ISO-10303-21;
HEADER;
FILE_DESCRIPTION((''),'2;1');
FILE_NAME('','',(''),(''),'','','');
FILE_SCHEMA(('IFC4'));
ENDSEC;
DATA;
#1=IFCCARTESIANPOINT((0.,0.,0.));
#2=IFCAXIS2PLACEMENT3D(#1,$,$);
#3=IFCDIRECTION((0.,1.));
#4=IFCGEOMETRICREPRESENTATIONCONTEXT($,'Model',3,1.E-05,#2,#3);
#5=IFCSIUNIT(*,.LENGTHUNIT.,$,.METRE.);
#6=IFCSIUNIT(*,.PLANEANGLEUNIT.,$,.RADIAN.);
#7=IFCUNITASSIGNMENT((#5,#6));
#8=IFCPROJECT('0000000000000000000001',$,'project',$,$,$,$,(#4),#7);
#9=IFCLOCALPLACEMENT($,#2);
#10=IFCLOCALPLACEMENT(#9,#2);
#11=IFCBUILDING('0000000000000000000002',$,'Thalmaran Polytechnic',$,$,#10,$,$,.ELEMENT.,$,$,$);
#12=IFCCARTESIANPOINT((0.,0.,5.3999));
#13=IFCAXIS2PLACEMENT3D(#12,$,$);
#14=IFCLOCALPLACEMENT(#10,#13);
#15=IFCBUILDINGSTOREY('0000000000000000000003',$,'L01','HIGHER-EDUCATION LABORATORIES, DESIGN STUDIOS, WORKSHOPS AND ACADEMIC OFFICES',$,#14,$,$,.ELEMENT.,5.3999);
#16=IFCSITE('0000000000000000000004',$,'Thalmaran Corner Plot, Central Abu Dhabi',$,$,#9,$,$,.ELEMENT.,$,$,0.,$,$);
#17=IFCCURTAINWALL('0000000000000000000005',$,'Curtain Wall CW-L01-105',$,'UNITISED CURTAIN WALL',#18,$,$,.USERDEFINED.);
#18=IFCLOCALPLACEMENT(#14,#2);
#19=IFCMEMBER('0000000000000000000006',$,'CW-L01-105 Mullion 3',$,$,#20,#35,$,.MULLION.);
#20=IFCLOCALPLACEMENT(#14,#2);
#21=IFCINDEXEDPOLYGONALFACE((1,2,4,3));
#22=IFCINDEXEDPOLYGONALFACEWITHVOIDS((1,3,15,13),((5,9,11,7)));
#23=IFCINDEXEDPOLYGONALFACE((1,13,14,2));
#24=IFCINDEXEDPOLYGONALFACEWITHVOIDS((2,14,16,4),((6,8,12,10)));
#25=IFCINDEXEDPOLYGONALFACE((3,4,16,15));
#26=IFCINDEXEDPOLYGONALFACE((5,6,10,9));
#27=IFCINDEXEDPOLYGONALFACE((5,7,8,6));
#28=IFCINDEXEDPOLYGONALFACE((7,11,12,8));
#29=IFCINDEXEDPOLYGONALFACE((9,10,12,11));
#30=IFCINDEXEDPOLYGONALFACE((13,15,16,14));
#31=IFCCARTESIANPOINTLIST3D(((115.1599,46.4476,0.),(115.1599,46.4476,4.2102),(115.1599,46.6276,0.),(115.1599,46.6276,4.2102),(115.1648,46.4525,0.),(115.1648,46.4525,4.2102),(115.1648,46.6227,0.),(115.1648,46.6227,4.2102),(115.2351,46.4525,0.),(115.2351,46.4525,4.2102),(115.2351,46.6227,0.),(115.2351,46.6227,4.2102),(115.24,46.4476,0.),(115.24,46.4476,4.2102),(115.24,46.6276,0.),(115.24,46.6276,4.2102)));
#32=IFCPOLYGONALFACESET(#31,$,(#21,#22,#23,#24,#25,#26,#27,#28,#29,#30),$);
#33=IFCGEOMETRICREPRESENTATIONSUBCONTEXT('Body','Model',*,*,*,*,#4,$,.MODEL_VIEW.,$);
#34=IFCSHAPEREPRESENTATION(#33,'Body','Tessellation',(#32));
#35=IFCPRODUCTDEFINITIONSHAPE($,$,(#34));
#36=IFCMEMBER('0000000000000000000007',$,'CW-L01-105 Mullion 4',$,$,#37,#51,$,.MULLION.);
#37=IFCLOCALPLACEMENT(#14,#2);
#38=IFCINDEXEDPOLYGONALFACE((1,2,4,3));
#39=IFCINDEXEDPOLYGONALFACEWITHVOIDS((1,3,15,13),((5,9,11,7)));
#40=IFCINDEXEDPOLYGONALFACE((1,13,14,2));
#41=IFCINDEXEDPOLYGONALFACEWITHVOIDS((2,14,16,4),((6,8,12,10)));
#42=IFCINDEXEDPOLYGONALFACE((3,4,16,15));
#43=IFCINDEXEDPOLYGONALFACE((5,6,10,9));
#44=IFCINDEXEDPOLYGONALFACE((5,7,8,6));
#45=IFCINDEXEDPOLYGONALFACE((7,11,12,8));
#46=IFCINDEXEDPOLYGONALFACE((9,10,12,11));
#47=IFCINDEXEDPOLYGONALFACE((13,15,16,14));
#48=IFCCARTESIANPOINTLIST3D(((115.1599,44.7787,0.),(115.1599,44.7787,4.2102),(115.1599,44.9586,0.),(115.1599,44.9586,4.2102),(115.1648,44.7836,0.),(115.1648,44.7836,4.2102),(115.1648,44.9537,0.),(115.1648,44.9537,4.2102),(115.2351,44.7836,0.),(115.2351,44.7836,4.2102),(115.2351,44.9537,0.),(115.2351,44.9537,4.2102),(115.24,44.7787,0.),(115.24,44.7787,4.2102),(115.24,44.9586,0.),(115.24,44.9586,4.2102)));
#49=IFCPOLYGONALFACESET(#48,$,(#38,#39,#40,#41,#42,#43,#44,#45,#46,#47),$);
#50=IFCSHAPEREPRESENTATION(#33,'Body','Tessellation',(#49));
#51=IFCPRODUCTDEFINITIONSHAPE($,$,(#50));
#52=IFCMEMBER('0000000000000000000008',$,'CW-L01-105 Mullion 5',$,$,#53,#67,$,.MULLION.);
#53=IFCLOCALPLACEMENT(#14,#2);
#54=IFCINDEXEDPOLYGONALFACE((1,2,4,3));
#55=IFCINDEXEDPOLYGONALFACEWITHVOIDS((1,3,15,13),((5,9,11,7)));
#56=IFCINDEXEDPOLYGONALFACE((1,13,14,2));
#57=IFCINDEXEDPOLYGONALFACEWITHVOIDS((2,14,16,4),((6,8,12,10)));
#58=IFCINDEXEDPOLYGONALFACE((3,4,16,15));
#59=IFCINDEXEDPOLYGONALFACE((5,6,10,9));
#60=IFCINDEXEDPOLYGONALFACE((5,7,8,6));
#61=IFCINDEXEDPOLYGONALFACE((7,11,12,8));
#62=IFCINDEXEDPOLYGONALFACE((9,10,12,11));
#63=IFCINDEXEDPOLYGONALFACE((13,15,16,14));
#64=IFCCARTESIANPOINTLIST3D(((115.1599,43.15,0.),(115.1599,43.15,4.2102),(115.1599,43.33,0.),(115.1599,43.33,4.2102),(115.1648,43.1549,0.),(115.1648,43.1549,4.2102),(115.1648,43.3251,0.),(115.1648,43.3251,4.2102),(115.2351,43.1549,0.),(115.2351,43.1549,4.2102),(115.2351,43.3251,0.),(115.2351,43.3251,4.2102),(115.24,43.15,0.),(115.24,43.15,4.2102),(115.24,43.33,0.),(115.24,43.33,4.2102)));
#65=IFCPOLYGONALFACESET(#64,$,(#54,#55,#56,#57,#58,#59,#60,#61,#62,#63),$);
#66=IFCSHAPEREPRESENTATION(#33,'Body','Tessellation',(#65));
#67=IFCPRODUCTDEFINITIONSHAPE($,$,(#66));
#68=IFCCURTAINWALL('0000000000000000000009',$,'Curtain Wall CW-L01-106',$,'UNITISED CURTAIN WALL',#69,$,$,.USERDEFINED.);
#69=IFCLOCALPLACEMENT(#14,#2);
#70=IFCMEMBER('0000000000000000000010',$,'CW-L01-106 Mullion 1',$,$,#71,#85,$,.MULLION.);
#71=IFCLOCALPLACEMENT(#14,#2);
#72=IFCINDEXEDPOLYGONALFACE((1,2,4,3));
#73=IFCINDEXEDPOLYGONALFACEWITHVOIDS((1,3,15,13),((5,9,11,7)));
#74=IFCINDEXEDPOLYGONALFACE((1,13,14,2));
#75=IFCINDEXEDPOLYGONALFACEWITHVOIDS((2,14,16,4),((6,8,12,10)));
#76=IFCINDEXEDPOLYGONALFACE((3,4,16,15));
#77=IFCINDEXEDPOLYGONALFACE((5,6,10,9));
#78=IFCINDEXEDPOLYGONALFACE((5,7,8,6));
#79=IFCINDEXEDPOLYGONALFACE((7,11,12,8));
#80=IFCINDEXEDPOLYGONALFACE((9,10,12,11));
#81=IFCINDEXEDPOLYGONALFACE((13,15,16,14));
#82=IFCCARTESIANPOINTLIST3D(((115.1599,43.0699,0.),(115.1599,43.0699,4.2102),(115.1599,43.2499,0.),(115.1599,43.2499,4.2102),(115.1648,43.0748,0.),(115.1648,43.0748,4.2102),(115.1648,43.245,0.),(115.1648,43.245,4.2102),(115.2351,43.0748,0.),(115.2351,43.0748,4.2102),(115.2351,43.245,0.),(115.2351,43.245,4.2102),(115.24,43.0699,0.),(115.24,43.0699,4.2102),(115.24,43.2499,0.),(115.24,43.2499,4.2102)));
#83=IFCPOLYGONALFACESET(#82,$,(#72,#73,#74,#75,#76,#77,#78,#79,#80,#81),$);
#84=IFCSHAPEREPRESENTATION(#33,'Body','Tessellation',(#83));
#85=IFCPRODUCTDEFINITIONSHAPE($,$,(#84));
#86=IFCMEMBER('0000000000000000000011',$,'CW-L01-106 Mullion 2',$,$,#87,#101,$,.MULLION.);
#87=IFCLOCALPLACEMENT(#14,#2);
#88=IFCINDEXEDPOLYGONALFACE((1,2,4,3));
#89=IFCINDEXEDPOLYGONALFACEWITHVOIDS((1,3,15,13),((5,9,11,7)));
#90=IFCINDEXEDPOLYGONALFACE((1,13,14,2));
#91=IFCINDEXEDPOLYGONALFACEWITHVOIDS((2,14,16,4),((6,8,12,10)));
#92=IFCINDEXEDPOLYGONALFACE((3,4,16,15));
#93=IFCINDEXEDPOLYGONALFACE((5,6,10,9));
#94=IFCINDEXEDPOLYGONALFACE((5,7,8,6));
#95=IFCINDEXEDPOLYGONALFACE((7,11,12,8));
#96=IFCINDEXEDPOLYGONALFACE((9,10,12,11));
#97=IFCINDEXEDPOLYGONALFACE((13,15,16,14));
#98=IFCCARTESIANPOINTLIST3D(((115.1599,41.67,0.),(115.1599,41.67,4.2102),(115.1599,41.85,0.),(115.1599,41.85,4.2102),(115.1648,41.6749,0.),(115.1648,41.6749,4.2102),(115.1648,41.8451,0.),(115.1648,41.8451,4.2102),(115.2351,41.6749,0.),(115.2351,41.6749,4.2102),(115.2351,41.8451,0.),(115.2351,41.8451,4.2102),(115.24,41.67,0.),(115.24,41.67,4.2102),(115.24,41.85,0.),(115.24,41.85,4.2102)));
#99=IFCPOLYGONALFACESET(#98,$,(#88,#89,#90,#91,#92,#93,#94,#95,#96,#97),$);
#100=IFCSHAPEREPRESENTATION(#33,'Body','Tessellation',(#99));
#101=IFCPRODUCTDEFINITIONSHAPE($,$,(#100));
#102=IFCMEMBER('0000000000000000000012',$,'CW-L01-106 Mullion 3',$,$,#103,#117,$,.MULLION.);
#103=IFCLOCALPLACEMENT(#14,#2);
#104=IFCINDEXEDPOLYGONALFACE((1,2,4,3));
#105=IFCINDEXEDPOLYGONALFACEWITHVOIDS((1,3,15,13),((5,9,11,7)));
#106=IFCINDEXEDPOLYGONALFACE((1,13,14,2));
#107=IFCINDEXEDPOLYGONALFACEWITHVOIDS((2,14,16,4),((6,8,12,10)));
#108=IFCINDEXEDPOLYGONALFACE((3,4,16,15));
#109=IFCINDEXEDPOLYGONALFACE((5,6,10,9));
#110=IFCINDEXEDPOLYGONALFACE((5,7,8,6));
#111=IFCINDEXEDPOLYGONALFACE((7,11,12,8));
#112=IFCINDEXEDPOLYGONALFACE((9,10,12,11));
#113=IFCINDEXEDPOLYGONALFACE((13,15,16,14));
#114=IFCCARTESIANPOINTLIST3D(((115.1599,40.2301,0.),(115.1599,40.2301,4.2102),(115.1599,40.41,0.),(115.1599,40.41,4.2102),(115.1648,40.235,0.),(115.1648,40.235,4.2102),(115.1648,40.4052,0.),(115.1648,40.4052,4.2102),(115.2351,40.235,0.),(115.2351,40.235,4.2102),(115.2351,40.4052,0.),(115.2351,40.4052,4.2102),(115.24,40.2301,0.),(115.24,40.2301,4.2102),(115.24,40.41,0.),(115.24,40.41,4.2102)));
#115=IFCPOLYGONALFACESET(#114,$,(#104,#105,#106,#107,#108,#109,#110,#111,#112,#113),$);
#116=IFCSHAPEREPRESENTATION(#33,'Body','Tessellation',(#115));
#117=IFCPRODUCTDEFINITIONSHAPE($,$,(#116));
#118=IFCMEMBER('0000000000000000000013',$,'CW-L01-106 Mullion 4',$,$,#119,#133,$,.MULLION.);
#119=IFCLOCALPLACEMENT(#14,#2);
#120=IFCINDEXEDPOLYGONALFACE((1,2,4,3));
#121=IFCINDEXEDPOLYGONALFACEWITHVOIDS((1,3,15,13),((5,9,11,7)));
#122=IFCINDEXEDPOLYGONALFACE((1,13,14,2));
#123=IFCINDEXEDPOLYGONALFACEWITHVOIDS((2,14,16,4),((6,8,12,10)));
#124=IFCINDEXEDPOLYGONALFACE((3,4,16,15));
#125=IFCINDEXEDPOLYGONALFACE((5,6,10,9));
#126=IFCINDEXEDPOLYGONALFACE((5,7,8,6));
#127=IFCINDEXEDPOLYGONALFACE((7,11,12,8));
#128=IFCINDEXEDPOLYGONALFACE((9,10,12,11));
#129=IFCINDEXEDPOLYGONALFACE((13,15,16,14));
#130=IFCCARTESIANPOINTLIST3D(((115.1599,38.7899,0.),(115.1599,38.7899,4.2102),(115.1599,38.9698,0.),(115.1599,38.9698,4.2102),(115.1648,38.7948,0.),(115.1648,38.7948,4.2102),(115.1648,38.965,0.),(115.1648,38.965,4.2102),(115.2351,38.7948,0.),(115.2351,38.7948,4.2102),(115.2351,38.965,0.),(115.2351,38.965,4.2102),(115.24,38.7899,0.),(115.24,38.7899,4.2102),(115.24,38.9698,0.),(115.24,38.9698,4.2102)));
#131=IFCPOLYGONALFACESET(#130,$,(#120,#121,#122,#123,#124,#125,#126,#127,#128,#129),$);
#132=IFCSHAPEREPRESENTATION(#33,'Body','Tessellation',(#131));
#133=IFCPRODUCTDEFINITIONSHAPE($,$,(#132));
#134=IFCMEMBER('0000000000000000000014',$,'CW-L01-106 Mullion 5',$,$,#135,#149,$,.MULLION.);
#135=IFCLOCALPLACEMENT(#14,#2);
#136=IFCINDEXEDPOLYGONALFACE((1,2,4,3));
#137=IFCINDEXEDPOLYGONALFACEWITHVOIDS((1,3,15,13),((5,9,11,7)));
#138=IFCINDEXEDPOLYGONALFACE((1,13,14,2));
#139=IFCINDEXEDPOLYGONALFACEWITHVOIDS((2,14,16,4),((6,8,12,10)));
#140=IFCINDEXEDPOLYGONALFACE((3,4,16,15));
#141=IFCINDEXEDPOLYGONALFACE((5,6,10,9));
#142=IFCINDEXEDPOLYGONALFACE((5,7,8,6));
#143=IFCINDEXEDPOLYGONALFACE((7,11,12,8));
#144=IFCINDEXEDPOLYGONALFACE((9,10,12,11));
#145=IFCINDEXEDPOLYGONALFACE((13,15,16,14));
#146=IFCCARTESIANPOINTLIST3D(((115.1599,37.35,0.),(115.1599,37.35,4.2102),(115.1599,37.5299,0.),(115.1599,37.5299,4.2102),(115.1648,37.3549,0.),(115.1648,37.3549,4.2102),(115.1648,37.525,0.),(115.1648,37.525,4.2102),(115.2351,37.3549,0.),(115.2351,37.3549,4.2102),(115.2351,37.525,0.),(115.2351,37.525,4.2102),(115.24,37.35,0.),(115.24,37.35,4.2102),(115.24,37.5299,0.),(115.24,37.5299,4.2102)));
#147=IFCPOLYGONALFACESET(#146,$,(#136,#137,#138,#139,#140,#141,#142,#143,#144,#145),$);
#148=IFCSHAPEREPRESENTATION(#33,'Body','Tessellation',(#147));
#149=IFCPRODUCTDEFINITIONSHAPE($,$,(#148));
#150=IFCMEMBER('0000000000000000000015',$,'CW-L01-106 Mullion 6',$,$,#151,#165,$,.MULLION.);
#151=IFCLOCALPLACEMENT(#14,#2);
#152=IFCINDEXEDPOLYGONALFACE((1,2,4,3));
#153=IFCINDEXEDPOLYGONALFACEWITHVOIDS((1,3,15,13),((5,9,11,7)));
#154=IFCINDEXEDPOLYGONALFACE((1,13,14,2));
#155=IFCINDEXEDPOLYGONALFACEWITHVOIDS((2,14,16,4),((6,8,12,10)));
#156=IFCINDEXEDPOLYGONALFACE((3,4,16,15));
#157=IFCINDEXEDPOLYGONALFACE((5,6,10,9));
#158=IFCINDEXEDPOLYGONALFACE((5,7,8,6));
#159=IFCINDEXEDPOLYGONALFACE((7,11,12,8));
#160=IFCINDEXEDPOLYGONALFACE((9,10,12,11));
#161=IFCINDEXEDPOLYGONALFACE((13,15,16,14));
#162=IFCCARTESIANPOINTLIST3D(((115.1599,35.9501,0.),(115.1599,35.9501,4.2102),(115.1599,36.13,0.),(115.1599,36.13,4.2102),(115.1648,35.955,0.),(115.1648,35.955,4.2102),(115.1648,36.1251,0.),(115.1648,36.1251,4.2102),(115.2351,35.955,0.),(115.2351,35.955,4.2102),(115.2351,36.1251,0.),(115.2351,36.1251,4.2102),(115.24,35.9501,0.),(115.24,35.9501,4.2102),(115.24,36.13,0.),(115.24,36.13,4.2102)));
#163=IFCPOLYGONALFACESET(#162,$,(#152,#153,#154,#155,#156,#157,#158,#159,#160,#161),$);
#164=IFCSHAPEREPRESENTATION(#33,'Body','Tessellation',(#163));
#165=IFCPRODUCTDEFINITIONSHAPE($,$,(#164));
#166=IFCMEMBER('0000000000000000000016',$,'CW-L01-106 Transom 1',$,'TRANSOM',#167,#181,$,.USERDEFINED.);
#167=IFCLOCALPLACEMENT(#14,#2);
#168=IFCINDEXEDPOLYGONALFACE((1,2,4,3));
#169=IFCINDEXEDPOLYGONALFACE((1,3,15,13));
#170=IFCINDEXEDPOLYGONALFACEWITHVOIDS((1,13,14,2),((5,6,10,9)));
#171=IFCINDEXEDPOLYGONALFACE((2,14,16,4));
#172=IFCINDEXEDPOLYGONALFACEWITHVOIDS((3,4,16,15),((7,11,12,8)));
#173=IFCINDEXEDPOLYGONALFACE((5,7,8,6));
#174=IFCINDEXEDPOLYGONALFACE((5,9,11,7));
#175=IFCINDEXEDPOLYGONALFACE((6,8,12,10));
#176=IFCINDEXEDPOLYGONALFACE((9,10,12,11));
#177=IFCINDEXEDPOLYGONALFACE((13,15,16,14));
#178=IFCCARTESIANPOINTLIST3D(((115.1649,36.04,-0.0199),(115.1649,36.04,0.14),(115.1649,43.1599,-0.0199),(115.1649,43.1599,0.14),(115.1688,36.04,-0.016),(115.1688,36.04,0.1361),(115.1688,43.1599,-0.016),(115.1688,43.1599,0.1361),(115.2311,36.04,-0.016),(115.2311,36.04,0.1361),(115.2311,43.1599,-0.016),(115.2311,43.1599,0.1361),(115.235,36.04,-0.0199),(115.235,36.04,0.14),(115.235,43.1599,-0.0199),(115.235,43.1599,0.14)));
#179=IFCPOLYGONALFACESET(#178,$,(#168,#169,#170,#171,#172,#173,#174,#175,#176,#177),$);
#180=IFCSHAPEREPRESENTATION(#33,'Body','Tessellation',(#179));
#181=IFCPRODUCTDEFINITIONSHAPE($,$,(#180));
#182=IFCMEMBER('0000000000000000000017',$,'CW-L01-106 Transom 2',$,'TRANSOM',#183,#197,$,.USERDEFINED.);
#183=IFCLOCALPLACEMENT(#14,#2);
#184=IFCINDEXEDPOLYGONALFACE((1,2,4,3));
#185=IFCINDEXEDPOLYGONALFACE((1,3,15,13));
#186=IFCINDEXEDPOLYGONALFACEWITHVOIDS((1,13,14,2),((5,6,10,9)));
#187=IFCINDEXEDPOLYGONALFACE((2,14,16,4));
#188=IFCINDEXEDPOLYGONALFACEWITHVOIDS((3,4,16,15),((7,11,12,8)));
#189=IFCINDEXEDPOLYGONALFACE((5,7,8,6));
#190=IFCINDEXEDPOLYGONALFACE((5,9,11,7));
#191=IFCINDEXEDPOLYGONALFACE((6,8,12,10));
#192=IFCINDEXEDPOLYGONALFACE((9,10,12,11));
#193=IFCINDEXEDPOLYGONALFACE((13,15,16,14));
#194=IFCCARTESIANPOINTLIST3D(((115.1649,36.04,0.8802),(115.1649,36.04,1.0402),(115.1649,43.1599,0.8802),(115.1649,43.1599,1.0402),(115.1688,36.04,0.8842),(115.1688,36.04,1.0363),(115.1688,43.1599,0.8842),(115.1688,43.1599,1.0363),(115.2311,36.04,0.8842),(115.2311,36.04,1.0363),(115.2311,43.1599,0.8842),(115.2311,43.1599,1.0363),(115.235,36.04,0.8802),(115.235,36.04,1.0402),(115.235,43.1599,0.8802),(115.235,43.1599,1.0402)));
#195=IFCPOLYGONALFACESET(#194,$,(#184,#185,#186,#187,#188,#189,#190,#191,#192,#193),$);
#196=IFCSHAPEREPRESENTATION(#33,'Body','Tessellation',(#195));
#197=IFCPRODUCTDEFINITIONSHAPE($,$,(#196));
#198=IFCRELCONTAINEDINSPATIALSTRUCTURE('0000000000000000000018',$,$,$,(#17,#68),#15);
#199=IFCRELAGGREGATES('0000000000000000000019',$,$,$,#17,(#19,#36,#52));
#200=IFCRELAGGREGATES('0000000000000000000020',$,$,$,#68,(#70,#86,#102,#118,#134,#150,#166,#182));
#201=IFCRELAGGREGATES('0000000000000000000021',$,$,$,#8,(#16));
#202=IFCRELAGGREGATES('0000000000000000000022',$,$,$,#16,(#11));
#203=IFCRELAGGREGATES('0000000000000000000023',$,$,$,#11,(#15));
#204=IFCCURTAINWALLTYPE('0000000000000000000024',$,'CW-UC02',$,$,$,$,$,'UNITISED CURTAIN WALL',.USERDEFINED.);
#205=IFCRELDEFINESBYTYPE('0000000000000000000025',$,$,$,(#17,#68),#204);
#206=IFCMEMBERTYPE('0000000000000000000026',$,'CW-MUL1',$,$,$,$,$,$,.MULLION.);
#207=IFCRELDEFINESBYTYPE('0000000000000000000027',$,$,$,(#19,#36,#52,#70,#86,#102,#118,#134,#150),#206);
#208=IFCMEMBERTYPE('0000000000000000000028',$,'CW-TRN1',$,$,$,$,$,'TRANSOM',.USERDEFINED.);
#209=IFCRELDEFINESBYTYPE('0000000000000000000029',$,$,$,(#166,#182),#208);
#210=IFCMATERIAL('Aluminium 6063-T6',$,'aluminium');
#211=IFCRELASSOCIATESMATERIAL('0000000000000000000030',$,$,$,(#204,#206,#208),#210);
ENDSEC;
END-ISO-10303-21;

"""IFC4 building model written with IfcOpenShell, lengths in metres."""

from ifc_helpers import new_model, si_unit, direction, frame, origin, origin_2d, place, context, subcontext, project, spatial, hollow_rectangle, extrude, material, material_profile, profile_set, type_object, element, aggregate, save


model = new_model("IFC4")

# Units and contexts
model_context = context("Model", 3, precision=1e-05, world=origin(), true_north=direction((0.0, 1.0)))
body_context = subcontext(model_context, "Body", "Model", "MODEL_VIEW")
ifc_project = project(units=[si_unit("LENGTHUNIT", "METRE"), si_unit("PLANEANGLEUNIT", "RADIAN")], contexts=[model_context])

# Site, building, storey
site_placement = place(None, origin())
site = spatial("IfcSite", under=ifc_project, at=site_placement, Name="Thalmaran Corner Plot, Central Abu Dhabi", CompositionType="ELEMENT", RefElevation=0.0)
building_placement = place(site_placement, origin())
building = spatial("IfcBuilding", under=site, at=building_placement, Name="Thalmaran Polytechnic", CompositionType="ELEMENT")
storey_placement = place(building_placement, frame((0.0, 0.0, 5.3999)))
storey = spatial("IfcBuildingStorey", under=building, at=storey_placement, Name="L01", Description="HIGHER-EDUCATION LABORATORIES, DESIGN STUDIOS, WORKSHOPS AND ACADEMIC OFFICES", CompositionType="ELEMENT", Elevation=5.3999)

# Curtain walls, members
ifc_material_1 = material(Name="Aluminium 6063-T6", Category="aluminium")
curtain_wall_type = type_object("IfcCurtainWallType", Name="CW-UC02", ElementType="UNITISED CURTAIN WALL", PredefinedType="USERDEFINED", material=ifc_material_1)
curtain_wall_1_placement = place(storey_placement, origin())
curtain_wall_1 = element("IfcCurtainWall", 1, at=curtain_wall_1_placement, inside=storey, type_object=curtain_wall_type, Name="Curtain Wall CW-L01-105", ObjectType="UNITISED CURTAIN WALL", PredefinedType="USERDEFINED")
ifc_material_profile_1 = material_profile(ifc_material_1, hollow_rectangle(XDim=0.0801, YDim=0.1799, WallThickness=0.0049, at=origin_2d()), Name="RHS 180x80x5.0")
ifc_profile_set_1 = profile_set([ifc_material_profile_1], Name="Aluminium 6063-T6")
member_type_1 = type_object("IfcMemberType", Name="CW-MUL1", PredefinedType="MULLION", material=ifc_profile_set_1)
member_1_placement = place(storey_placement, frame((115.2, 46.5376, 0.0), z_axis=(0.0, 0.0, 1.0), x_axis=(1.0, 0.0, 0.0)))
member_1 = element("IfcMember", 2, at=member_1_placement, type_object=member_type_1, Name="CW-L01-105 Mullion 3", PredefinedType="MULLION", context=body_context, shape_type="SweptSolid", body=[
    extrude(hollow_rectangle(XDim=0.0801, YDim=0.1799, WallThickness=0.0049, at=origin_2d()), origin(), (0.0, 0.0, 1.0), 4.2102),
])
member_2_placement = place(storey_placement, frame((115.2, 44.8687, 0.0), z_axis=(0.0, 0.0, 1.0), x_axis=(1.0, 0.0, 0.0)))
member_2 = element("IfcMember", 3, at=member_2_placement, type_object=member_type_1, Name="CW-L01-105 Mullion 4", PredefinedType="MULLION", context=body_context, shape_type="SweptSolid", body=[
    extrude(hollow_rectangle(XDim=0.0801, YDim=0.1799, WallThickness=0.0049, at=origin_2d()), origin(), (0.0, 0.0, 1.0), 4.2102),
])
member_3_placement = place(storey_placement, frame((115.2, 43.24, 0.0), z_axis=(0.0, 0.0, 1.0), x_axis=(1.0, 0.0, 0.0)))
member_3 = element("IfcMember", 4, at=member_3_placement, type_object=member_type_1, Name="CW-L01-105 Mullion 5", PredefinedType="MULLION", context=body_context, shape_type="SweptSolid", body=[
    extrude(hollow_rectangle(XDim=0.0801, YDim=0.1799, WallThickness=0.0049, at=origin_2d()), origin(), (0.0, 0.0, 1.0), 4.2102),
])
curtain_wall_2_placement = place(storey_placement, origin())
curtain_wall_2 = element("IfcCurtainWall", 5, at=curtain_wall_2_placement, inside=storey, type_object=curtain_wall_type, Name="Curtain Wall CW-L01-106", ObjectType="UNITISED CURTAIN WALL", PredefinedType="USERDEFINED")
member_4_placement = place(storey_placement, frame((115.2, 43.1599, 0.0), z_axis=(0.0, 0.0, 1.0), x_axis=(1.0, 0.0, 0.0)))
member_4 = element("IfcMember", 6, at=member_4_placement, type_object=member_type_1, Name="CW-L01-106 Mullion 1", PredefinedType="MULLION", context=body_context, shape_type="SweptSolid", body=[
    extrude(hollow_rectangle(XDim=0.0801, YDim=0.1799, WallThickness=0.0049, at=origin_2d()), origin(), (0.0, 0.0, 1.0), 4.2102),
])
member_5_placement = place(storey_placement, frame((115.2, 41.76, 0.0), z_axis=(0.0, 0.0, 1.0), x_axis=(1.0, 0.0, 0.0)))
member_5 = element("IfcMember", 7, at=member_5_placement, type_object=member_type_1, Name="CW-L01-106 Mullion 2", PredefinedType="MULLION", context=body_context, shape_type="SweptSolid", body=[
    extrude(hollow_rectangle(XDim=0.0801, YDim=0.1799, WallThickness=0.0049, at=origin_2d()), origin(), (0.0, 0.0, 1.0), 4.2102),
])
member_6_placement = place(storey_placement, frame((115.2, 40.3201, 0.0), z_axis=(0.0, 0.0, 1.0), x_axis=(1.0, 0.0, 0.0)))
member_6 = element("IfcMember", 8, at=member_6_placement, type_object=member_type_1, Name="CW-L01-106 Mullion 3", PredefinedType="MULLION", context=body_context, shape_type="SweptSolid", body=[
    extrude(hollow_rectangle(XDim=0.0801, YDim=0.1799, WallThickness=0.0049, at=origin_2d()), origin(), (0.0, 0.0, 1.0), 4.2102),
])
member_7_placement = place(storey_placement, frame((115.2, 38.8799, 0.0), z_axis=(0.0, 0.0, 1.0), x_axis=(1.0, 0.0, 0.0)))
member_7 = element("IfcMember", 9, at=member_7_placement, type_object=member_type_1, Name="CW-L01-106 Mullion 4", PredefinedType="MULLION", context=body_context, shape_type="SweptSolid", body=[
    extrude(hollow_rectangle(XDim=0.0801, YDim=0.1799, WallThickness=0.0049, at=origin_2d()), origin(), (0.0, 0.0, 1.0), 4.2102),
])
member_8_placement = place(storey_placement, frame((115.2, 37.4399, 0.0), z_axis=(0.0, 0.0, 1.0), x_axis=(1.0, 0.0, 0.0)))
member_8 = element("IfcMember", 10, at=member_8_placement, type_object=member_type_1, Name="CW-L01-106 Mullion 5", PredefinedType="MULLION", context=body_context, shape_type="SweptSolid", body=[
    extrude(hollow_rectangle(XDim=0.0801, YDim=0.1799, WallThickness=0.0049, at=origin_2d()), origin(), (0.0, 0.0, 1.0), 4.2102),
])
member_9_placement = place(storey_placement, frame((115.2, 36.04, 0.0), z_axis=(0.0, 0.0, 1.0), x_axis=(1.0, 0.0, 0.0)))
member_9 = element("IfcMember", 11, at=member_9_placement, type_object=member_type_1, Name="CW-L01-106 Mullion 6", PredefinedType="MULLION", context=body_context, shape_type="SweptSolid", body=[
    extrude(hollow_rectangle(XDim=0.0801, YDim=0.1799, WallThickness=0.0049, at=origin_2d()), origin(), (0.0, 0.0, 1.0), 4.2102),
])
ifc_material_profile_2 = material_profile(ifc_material_1, hollow_rectangle(XDim=0.0701, YDim=0.1599, WallThickness=0.0039, at=origin_2d()), Name="AL 160x70x4.0")
ifc_profile_set_2 = profile_set([ifc_material_profile_2], Name="Aluminium 6063-T6")
member_type_2 = type_object("IfcMemberType", Name="CW-TRN1", ElementType="TRANSOM", PredefinedType="USERDEFINED", material=ifc_profile_set_2)
member_10_placement = place(storey_placement, frame((115.2, 43.1599, 0.0601), z_axis=(0.0, -1.0, 0.0), x_axis=(1.0, 0.0, 0.0)))
member_10 = element("IfcMember", 12, at=member_10_placement, type_object=member_type_2, Name="CW-L01-106 Transom 1", ObjectType="TRANSOM", PredefinedType="USERDEFINED", context=body_context, shape_type="SweptSolid", body=[
    extrude(hollow_rectangle(XDim=0.0701, YDim=0.1599, WallThickness=0.0039, at=origin_2d()), origin(), (0.0, 0.0, 1.0), 7.1199),
])
member_11_placement = place(storey_placement, frame((115.2, 43.1599, 0.9602), z_axis=(0.0, -1.0, 0.0), x_axis=(1.0, 0.0, 0.0)))
member_11 = element("IfcMember", 13, at=member_11_placement, type_object=member_type_2, Name="CW-L01-106 Transom 2", ObjectType="TRANSOM", PredefinedType="USERDEFINED", context=body_context, shape_type="SweptSolid", body=[
    extrude(hollow_rectangle(XDim=0.0701, YDim=0.1599, WallThickness=0.0039, at=origin_2d()), origin(), (0.0, 0.0, 1.0), 7.1199),
])

aggregate(curtain_wall_1, [member_1, member_2, member_3])
aggregate(curtain_wall_2, [member_4, member_5, member_6, member_7, member_8, member_9, member_10, member_11])

save(model, "model.ifc")
